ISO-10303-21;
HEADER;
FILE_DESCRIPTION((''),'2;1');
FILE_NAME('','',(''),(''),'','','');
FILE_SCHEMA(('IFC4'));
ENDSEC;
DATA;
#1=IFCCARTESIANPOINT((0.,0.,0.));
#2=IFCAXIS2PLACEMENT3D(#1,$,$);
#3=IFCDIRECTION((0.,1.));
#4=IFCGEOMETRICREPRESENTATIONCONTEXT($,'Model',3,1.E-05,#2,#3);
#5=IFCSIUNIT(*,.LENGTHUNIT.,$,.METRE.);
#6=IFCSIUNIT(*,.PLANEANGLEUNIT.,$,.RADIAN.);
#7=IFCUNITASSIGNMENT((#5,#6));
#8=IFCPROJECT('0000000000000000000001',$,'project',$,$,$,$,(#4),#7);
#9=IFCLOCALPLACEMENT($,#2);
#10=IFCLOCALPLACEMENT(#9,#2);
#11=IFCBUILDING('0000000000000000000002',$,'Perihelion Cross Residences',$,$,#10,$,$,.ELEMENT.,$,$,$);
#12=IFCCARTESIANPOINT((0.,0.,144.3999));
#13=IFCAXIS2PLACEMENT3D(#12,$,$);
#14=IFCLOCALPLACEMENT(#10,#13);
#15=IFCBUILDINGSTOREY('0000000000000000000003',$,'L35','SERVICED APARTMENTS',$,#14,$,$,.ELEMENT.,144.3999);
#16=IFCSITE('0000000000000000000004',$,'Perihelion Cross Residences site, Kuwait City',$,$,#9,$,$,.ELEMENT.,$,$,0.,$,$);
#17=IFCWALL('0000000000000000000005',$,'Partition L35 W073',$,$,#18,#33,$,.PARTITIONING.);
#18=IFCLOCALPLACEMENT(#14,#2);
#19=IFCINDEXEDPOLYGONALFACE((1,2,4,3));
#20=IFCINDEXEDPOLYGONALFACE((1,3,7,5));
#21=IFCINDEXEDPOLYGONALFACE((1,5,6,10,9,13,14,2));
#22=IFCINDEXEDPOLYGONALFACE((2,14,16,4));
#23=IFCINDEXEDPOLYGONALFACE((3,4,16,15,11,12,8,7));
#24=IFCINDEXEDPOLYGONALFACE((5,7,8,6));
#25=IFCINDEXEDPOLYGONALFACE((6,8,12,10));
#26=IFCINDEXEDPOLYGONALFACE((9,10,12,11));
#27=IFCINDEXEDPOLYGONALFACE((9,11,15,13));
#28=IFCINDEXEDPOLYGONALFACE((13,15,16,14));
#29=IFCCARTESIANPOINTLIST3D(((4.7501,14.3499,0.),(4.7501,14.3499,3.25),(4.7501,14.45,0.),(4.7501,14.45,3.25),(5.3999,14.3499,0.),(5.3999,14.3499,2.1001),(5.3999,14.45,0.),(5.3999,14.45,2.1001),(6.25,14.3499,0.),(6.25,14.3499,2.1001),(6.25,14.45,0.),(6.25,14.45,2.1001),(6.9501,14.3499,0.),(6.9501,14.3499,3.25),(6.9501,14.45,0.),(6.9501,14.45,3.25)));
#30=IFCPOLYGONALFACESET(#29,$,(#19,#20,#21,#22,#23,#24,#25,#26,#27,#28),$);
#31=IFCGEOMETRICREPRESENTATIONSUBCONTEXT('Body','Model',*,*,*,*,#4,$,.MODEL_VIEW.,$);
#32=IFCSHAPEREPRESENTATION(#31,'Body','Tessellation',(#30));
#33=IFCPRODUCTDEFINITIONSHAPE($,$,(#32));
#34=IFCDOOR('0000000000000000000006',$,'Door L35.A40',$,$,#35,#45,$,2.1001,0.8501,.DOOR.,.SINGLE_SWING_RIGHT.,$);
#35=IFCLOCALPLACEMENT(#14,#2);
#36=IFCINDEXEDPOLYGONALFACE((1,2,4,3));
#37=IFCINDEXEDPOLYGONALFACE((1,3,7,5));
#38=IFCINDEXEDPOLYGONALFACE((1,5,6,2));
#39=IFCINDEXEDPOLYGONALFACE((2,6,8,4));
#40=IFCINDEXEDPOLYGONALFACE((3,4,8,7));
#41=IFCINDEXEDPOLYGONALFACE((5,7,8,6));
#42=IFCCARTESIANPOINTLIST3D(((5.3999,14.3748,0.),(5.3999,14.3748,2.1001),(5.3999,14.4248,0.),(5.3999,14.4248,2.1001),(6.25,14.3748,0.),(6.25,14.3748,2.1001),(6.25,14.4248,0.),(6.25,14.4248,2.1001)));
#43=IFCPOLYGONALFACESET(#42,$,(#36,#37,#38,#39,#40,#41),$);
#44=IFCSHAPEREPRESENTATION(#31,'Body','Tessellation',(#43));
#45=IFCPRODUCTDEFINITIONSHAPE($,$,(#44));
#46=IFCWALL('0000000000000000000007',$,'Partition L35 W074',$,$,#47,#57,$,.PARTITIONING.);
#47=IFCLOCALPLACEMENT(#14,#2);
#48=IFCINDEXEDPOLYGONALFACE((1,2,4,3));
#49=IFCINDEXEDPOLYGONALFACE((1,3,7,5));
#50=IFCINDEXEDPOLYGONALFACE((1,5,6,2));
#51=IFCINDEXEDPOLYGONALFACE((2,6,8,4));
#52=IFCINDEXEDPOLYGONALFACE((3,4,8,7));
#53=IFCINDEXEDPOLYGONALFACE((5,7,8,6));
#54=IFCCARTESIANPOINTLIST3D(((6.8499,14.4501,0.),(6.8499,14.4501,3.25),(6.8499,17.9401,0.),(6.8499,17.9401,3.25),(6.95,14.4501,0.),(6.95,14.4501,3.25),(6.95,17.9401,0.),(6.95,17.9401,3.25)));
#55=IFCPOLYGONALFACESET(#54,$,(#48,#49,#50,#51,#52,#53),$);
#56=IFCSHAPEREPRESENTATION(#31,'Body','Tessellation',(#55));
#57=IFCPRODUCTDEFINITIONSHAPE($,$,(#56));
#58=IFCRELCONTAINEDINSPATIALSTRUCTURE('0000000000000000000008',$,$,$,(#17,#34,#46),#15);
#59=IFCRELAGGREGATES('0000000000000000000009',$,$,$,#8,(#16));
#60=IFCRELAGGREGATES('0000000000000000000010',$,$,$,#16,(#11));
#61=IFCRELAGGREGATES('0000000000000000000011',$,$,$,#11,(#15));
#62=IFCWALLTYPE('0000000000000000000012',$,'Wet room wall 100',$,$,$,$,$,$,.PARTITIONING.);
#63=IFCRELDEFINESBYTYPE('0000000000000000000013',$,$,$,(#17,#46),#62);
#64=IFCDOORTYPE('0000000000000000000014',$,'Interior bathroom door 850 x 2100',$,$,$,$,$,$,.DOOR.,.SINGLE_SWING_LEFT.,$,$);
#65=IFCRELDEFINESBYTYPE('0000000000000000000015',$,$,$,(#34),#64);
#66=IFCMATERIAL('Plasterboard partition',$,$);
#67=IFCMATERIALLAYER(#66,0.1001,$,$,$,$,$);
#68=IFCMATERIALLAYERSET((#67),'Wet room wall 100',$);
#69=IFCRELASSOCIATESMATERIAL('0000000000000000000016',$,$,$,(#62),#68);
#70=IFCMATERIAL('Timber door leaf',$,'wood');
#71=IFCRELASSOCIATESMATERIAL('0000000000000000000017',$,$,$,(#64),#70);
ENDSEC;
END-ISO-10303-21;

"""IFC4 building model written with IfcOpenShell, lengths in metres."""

from ifc_helpers import new_model, si_unit, direction, frame, frame_2d, origin, place, context, subcontext, project, spatial, rectangle, extrude, material, layer, layer_set, type_object, element, fill, save


model = new_model("IFC4")

# Units and contexts
model_context = context("Model", 3, precision=1e-05, world=origin(), true_north=direction((0.0, 1.0)))
body_context = subcontext(model_context, "Body", "Model", "MODEL_VIEW")
ifc_project = project(units=[si_unit("LENGTHUNIT", "METRE"), si_unit("PLANEANGLEUNIT", "RADIAN")], contexts=[model_context])

# Site, building, storey
site_placement = place(None, origin())
site = spatial("IfcSite", under=ifc_project, at=site_placement, Name="Perihelion Cross Residences site, Kuwait City", CompositionType="ELEMENT", RefElevation=0.0)
building_placement = place(site_placement, origin())
building = spatial("IfcBuilding", under=site, at=building_placement, Name="Perihelion Cross Residences", CompositionType="ELEMENT")
storey_placement = place(building_placement, frame((0.0, 0.0, 144.3999)))
storey = spatial("IfcBuildingStorey", under=building, at=storey_placement, Name="L35", Description="SERVICED APARTMENTS", CompositionType="ELEMENT", Elevation=144.3999)

# Wall, opening, door
ifc_material_1 = material(Name="Plasterboard partition")
ifc_layer_1 = layer(ifc_material_1, 0.1001)
ifc_layer_set_1 = layer_set([ifc_layer_1], Name="Wet room wall 100")
wall_type_1 = type_object("IfcWallType", Name="Wet room wall 100", PredefinedType="PARTITIONING", material=ifc_layer_set_1)
wall_1_placement = place(storey_placement, frame((4.75, 14.3999, 0.0), z_axis=(0.0, 0.0, 1.0), x_axis=(1.0, 0.0, 0.0)))
wall_1 = element("IfcWall", 1, at=wall_1_placement, inside=storey, type_object=wall_type_1, Name="Partition L35 W073", PredefinedType="PARTITIONING", context=body_context, shape_type="SweptSolid", body=[
    extrude(rectangle(XDim=2.2, YDim=0.1001, at=frame_2d((1.1001, 0.0))), origin(), (0.0, 0.0, 1.0), 3.25),
])
opening_1_placement = place(wall_1_placement, frame((0.6499, 0.0, 0.0)))
opening_1 = element("IfcOpeningElement", 2, at=opening_1_placement, cuts=wall_1, PredefinedType="OPENING", context=body_context, shape_type="SweptSolid", body=[
    extrude(rectangle(XDim=0.8501, YDim=2.1001, at=frame_2d((0.425, 1.05))), frame((0.0, 0.0601, 0.0), z_axis=(0.0, -1.0, 0.0), x_axis=(1.0, 0.0, 0.0)), (0.0, 0.0, 1.0), 0.1201),
])
ifc_material_2 = material(Name="Timber door leaf", Category="wood")
door_type_1 = type_object("IfcDoorType", Name="Interior bathroom door 850 x 2100", OperationType="SINGLE_SWING_LEFT", PredefinedType="DOOR", material=ifc_material_2)
door_1_placement = place(opening_1_placement, origin())
door_1 = element("IfcDoor", 3, at=door_1_placement, inside=storey, type_object=door_type_1, Name="Door L35.A40", OperationType="SINGLE_SWING_RIGHT", OverallHeight=2.1001, OverallWidth=0.8501, PredefinedType="DOOR", context=body_context, shape_type="SweptSolid", body=[
    extrude(rectangle(XDim=0.8501, YDim=2.1001, at=frame_2d((0.425, 1.05))), frame((0.0, 0.0249, 0.0), z_axis=(0.0, -1.0, 0.0), x_axis=(1.0, 0.0, 0.0)), (0.0, 0.0, 1.0), 0.05),
])
fill(opening_1, door_1)

# Wall
wall_2_placement = place(storey_placement, frame((6.8999, 14.45, 0.0), z_axis=(0.0, 0.0, 1.0), x_axis=(0.0, 1.0, 0.0)))
element("IfcWall", 4, at=wall_2_placement, inside=storey, type_object=wall_type_1, Name="Partition L35 W074", PredefinedType="PARTITIONING", context=body_context, shape_type="SweptSolid", body=[
    extrude(rectangle(XDim=3.49, YDim=0.1001, at=frame_2d((1.7451, 0.0))), origin(), (0.0, 0.0, 1.0), 3.25),
])

save(model, "model.ifc")
